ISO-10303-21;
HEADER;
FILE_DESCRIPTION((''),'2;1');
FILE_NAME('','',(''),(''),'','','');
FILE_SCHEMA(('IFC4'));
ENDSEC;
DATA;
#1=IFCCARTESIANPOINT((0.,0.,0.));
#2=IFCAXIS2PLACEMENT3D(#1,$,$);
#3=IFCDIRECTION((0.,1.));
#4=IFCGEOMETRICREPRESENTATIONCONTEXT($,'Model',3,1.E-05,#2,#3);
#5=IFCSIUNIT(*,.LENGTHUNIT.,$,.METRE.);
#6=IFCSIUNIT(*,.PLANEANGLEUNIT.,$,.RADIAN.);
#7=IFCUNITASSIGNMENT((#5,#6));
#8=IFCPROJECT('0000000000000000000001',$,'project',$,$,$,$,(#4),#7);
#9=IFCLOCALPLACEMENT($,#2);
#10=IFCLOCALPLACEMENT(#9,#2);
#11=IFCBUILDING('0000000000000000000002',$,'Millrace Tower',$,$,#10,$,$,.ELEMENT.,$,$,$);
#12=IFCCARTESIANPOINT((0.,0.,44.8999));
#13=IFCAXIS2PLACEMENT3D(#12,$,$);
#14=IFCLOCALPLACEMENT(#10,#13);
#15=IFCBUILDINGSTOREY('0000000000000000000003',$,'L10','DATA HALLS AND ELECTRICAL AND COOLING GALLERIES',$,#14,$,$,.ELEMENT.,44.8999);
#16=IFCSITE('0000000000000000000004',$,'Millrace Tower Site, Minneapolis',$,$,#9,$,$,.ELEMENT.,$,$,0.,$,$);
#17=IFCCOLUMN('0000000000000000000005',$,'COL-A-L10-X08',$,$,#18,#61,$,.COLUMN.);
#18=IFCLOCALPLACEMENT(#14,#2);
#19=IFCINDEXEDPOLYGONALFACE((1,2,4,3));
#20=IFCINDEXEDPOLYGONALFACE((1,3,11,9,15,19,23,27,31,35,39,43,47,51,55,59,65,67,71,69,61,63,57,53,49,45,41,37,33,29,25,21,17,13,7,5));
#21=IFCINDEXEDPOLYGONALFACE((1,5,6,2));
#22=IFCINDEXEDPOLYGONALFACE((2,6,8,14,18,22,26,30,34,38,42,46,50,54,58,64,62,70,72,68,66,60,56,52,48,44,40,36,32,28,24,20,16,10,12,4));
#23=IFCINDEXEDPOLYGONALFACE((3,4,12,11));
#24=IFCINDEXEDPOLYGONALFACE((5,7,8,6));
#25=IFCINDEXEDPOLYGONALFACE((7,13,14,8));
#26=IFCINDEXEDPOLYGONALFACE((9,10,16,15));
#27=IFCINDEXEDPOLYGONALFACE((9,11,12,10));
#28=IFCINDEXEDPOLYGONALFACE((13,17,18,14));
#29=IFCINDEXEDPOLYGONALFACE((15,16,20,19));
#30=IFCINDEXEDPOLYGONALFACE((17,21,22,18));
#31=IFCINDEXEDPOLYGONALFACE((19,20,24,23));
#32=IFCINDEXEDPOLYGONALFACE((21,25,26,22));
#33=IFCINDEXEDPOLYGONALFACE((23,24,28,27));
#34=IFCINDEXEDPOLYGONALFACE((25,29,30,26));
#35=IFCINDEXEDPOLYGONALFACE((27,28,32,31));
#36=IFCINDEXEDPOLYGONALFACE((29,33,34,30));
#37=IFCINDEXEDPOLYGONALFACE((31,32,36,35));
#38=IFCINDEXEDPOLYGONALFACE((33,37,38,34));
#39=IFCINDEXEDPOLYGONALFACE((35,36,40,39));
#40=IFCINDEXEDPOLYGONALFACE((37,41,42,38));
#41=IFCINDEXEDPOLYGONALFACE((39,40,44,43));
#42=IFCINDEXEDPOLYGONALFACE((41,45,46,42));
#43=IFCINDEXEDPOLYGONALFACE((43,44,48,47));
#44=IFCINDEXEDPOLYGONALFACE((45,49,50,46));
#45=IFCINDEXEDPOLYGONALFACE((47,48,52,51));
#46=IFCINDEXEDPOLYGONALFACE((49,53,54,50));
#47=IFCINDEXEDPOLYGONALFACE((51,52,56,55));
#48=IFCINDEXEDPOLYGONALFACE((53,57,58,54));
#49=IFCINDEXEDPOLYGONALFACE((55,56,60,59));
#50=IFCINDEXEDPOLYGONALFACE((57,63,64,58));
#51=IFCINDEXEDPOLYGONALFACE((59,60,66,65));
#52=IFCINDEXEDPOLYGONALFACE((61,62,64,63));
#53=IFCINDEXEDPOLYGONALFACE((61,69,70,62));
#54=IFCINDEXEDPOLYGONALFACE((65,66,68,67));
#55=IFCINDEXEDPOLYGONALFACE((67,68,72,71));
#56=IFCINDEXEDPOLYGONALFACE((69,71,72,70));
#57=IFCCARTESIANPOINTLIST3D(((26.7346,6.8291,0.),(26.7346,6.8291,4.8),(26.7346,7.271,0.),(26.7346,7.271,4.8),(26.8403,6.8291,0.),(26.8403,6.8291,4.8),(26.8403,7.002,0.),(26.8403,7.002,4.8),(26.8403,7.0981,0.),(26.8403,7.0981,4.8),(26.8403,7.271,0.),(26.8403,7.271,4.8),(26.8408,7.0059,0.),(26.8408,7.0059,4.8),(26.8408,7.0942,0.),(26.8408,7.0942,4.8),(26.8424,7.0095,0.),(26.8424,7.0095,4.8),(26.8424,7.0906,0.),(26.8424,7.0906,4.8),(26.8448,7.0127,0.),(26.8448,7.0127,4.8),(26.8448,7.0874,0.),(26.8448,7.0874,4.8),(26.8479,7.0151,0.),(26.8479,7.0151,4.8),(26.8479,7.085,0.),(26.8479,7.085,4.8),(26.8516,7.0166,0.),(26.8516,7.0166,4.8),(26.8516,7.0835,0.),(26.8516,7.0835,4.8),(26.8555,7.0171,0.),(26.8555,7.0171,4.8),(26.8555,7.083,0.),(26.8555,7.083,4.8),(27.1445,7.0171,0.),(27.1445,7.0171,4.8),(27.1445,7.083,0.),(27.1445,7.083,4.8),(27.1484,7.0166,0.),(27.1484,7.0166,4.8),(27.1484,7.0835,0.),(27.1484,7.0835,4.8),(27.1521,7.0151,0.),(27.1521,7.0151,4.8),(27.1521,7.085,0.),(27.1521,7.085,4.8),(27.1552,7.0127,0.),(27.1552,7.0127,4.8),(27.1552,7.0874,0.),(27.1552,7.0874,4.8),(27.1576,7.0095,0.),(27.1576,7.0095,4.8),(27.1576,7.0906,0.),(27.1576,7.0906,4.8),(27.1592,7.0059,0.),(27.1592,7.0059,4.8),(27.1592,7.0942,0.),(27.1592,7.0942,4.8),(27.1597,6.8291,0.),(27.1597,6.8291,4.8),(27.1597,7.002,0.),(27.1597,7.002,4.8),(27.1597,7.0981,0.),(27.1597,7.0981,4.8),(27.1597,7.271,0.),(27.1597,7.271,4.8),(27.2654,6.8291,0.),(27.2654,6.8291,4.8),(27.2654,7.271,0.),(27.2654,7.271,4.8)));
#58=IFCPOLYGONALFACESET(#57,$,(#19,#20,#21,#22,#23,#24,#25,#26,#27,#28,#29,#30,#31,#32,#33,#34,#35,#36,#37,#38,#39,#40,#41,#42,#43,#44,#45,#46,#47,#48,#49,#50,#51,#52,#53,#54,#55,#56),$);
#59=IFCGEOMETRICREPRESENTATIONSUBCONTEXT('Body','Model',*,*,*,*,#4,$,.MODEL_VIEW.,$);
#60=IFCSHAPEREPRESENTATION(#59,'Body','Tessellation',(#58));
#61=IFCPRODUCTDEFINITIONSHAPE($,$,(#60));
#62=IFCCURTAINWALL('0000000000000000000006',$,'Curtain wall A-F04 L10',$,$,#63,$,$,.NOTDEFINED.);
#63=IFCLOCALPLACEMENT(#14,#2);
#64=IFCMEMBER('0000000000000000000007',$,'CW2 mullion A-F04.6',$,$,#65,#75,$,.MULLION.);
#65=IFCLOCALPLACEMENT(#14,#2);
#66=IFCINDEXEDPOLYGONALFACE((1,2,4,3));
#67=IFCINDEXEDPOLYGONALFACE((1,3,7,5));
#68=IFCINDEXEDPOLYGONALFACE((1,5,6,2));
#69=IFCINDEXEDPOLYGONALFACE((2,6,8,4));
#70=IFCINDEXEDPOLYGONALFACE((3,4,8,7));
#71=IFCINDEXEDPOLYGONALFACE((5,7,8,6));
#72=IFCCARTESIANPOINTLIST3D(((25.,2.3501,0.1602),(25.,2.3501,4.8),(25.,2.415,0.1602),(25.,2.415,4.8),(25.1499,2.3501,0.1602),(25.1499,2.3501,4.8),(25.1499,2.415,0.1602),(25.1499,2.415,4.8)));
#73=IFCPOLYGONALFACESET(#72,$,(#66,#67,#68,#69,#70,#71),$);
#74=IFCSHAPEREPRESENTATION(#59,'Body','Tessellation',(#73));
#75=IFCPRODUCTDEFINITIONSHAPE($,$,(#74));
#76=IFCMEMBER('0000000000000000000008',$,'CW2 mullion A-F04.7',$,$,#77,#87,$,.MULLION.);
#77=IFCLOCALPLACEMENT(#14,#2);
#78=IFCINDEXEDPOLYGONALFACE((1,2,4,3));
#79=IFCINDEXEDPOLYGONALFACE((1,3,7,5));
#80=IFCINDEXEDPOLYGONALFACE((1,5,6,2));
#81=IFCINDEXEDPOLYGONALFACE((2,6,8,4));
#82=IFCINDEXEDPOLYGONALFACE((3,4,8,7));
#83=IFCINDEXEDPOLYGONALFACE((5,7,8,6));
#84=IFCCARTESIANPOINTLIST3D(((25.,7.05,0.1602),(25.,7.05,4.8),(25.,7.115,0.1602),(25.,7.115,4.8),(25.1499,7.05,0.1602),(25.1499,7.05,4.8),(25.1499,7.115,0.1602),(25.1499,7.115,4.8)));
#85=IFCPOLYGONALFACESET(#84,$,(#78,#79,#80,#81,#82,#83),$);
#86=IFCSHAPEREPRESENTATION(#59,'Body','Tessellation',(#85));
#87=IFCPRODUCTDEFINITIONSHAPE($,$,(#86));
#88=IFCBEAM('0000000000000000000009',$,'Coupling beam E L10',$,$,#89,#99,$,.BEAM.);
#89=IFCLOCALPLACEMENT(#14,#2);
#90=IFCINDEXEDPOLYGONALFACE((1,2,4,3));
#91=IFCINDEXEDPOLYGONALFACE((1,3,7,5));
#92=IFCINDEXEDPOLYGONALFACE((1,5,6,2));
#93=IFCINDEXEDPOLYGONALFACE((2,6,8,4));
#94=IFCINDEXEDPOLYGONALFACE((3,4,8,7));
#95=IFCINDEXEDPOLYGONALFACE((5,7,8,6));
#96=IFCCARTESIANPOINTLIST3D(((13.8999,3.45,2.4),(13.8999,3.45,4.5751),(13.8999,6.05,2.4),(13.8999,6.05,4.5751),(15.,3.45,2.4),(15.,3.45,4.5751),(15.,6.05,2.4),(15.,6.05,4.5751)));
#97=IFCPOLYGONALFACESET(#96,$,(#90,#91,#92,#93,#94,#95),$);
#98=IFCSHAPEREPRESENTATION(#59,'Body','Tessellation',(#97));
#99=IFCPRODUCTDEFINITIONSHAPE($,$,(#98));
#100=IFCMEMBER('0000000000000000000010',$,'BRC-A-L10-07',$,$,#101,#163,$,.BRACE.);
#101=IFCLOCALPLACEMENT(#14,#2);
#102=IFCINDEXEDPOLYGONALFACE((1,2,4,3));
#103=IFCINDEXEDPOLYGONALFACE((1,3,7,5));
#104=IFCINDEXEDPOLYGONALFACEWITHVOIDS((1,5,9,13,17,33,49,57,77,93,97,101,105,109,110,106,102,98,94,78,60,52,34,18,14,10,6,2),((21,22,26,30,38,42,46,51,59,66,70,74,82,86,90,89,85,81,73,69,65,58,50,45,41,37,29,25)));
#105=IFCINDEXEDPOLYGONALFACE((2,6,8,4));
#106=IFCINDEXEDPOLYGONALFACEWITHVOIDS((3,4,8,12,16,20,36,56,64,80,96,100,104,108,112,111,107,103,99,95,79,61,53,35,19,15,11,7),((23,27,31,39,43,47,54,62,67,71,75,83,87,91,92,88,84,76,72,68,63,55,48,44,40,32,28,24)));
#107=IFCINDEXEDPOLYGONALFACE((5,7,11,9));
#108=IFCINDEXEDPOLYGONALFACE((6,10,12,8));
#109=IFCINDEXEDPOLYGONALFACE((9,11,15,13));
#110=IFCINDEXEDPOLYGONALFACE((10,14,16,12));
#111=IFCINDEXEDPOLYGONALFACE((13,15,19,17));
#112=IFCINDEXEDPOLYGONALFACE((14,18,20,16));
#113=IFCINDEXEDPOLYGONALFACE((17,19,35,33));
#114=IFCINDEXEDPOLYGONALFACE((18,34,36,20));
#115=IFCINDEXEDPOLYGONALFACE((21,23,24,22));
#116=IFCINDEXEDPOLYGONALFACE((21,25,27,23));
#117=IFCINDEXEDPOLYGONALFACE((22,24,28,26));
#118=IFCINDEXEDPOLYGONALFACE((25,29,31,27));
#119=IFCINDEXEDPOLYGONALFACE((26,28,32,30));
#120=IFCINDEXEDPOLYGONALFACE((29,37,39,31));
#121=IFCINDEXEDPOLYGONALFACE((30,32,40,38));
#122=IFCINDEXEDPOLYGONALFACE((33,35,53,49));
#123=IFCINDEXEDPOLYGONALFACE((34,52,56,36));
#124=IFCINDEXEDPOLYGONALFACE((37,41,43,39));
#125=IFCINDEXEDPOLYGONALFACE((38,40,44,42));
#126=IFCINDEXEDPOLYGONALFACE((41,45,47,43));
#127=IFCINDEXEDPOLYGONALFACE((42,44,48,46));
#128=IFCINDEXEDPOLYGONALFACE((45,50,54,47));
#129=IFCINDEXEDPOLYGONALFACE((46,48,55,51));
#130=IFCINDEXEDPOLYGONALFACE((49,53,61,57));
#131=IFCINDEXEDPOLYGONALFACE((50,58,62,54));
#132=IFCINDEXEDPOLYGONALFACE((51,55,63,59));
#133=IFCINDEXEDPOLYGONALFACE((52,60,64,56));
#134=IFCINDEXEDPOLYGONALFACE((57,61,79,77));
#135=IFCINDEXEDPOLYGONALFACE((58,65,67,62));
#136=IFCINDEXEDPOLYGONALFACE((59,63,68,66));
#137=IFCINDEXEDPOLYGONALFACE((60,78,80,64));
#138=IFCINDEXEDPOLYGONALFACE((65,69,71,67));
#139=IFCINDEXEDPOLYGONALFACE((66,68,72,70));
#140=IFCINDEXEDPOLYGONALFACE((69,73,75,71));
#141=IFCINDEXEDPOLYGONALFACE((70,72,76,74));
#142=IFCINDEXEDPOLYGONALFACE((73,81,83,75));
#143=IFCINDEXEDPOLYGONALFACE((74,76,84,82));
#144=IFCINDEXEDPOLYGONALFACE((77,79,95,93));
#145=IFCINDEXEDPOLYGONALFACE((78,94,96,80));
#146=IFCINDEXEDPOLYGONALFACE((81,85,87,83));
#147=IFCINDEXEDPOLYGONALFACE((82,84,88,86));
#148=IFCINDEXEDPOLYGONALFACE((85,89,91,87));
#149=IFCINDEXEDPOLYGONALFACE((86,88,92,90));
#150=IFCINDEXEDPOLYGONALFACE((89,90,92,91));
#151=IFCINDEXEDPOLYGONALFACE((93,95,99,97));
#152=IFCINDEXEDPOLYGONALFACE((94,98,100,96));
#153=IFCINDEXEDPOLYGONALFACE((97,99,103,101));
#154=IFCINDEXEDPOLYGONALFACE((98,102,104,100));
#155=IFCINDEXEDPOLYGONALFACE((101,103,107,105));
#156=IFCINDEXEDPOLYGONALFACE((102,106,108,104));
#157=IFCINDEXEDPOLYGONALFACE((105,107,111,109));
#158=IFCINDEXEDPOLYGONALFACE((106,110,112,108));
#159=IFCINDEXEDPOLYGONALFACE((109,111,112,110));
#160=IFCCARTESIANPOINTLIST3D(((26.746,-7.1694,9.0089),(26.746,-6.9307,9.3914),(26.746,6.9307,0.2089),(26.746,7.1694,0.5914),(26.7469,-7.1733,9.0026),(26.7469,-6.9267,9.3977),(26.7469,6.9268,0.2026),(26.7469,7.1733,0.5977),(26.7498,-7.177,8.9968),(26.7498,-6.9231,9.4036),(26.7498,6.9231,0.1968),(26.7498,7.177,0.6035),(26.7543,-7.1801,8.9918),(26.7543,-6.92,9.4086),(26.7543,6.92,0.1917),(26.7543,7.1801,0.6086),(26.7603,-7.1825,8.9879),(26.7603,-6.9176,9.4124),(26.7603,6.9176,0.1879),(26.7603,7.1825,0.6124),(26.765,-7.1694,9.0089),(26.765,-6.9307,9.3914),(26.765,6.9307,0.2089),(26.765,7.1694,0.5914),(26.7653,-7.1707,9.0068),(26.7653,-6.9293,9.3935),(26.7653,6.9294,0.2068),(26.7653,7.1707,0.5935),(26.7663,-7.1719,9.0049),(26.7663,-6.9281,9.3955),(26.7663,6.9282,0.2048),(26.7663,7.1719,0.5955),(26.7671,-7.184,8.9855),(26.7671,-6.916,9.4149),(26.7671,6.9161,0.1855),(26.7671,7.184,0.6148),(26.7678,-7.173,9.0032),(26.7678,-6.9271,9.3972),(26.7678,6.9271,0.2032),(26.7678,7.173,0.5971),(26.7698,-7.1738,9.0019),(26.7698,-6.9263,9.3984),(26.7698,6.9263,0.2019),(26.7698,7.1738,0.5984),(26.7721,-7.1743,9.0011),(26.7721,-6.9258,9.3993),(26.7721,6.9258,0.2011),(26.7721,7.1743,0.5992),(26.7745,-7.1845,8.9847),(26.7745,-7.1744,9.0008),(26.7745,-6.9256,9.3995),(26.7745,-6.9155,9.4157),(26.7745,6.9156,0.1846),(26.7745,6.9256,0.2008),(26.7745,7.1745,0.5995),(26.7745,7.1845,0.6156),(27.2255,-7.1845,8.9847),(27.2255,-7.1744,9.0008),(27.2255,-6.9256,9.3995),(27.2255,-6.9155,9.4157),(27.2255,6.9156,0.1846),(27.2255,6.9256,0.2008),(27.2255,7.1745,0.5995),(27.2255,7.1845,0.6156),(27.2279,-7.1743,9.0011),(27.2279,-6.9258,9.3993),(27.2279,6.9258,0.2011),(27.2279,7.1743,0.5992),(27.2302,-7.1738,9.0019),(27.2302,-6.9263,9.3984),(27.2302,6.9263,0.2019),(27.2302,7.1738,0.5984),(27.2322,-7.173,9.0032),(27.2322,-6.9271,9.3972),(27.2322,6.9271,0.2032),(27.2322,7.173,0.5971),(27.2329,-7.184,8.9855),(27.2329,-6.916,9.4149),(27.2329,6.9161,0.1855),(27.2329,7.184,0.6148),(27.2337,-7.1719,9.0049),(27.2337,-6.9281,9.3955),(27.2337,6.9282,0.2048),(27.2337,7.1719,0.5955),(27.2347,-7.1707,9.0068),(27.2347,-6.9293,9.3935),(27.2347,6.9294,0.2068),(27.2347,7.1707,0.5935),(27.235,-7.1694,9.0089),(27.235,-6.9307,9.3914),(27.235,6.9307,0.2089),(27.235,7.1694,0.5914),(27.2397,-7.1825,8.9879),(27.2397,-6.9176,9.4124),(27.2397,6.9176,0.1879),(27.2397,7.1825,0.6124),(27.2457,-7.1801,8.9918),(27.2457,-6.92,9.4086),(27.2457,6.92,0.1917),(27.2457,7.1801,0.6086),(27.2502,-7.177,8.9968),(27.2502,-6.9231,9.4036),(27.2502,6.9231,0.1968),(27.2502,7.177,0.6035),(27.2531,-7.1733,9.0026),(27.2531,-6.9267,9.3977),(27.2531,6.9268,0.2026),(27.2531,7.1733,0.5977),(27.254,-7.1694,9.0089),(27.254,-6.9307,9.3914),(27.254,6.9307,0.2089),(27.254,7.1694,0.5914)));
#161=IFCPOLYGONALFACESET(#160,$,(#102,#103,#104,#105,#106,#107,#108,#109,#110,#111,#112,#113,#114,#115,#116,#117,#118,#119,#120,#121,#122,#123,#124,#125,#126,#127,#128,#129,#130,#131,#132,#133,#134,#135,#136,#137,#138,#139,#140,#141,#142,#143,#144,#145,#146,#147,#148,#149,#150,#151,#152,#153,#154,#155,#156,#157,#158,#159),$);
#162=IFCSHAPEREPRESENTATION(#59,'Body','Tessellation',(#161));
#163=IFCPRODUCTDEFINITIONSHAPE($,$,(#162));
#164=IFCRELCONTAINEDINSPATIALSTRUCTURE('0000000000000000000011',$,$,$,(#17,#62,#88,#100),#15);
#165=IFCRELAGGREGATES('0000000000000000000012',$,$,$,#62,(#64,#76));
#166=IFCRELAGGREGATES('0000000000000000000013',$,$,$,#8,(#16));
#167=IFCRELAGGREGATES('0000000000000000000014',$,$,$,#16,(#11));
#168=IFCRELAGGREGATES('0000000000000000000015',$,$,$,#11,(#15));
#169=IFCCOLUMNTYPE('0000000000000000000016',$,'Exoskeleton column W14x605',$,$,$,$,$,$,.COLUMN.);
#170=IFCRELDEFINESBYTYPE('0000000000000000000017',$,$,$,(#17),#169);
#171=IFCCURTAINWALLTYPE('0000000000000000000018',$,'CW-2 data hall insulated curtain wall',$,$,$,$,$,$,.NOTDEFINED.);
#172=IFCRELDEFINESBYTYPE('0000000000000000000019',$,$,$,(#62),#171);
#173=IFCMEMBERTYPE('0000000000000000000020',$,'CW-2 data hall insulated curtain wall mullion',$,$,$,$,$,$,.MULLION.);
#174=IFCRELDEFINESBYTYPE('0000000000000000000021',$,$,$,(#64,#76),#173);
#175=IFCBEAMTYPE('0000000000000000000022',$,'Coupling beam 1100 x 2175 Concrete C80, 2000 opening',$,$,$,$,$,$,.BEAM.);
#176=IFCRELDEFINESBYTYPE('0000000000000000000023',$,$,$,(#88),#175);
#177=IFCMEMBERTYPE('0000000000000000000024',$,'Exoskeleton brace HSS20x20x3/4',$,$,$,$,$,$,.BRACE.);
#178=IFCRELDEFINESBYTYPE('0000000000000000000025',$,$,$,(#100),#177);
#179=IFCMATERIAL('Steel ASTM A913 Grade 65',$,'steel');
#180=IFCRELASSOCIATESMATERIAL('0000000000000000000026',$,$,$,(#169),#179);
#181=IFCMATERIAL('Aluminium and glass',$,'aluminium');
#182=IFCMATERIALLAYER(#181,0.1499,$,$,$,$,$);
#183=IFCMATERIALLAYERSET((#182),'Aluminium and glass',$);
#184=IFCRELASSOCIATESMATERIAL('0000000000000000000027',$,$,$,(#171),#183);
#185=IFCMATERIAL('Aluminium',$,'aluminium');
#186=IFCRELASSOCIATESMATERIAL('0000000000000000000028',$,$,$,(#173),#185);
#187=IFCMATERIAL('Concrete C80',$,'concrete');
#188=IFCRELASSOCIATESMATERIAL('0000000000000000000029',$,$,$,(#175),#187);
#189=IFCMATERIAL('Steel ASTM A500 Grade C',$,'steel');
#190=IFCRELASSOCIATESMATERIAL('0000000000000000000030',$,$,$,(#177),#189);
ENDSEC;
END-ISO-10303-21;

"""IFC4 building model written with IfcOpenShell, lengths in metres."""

from ifc_helpers import new_model, si_unit, direction, frame, origin, origin_2d, place, context, subcontext, project, spatial, rectangle, hollow_rectangle, i_section, extrude, material, layer, layer_set, material_profile, profile_set, type_object, element, aggregate, save


model = new_model("IFC4")

# Units and contexts
model_context = context("Model", 3, precision=1e-05, world=origin(), true_north=direction((0.0, 1.0)))
body_context = subcontext(model_context, "Body", "Model", "MODEL_VIEW")
ifc_project = project(units=[si_unit("LENGTHUNIT", "METRE"), si_unit("PLANEANGLEUNIT", "RADIAN")], contexts=[model_context])

# Site, building, storey
site_placement = place(None, origin())
site = spatial("IfcSite", under=ifc_project, at=site_placement, Name="Millrace Tower Site, Minneapolis", CompositionType="ELEMENT", RefElevation=0.0)
building_placement = place(site_placement, origin())
building = spatial("IfcBuilding", under=site, at=building_placement, Name="Millrace Tower", CompositionType="ELEMENT")
storey_placement = place(building_placement, frame((0.0, 0.0, 44.8999)))
storey = spatial("IfcBuildingStorey", under=building, at=storey_placement, Name="L10", Description="DATA HALLS AND ELECTRICAL AND COOLING GALLERIES", CompositionType="ELEMENT", Elevation=44.8999)

# Column
ifc_material_1 = material(Name="Steel ASTM A913 Grade 65", Category="steel")
ifc_material_profile_1 = material_profile(ifc_material_1, i_section(OverallWidth=0.4419, OverallDepth=0.5308, WebThickness=0.0659, FlangeThickness=0.1057, FilletRadius=0.0151, at=origin_2d()))
ifc_profile_set_1 = profile_set([ifc_material_profile_1], Name="Steel ASTM A913 Grade 65")
column_type = type_object("IfcColumnType", Name="Exoskeleton column W14x605", PredefinedType="COLUMN", material=ifc_profile_set_1)
column_placement = place(storey_placement, frame((27.0, 7.05, 0.0), z_axis=(0.0, 0.0, 1.0), x_axis=(0.0, 1.0, 0.0)))
element("IfcColumn", 1, at=column_placement, inside=storey, type_object=column_type, Name="COL-A-L10-X08", PredefinedType="COLUMN", context=body_context, shape_type="SweptSolid", body=[
    extrude(i_section(OverallWidth=0.4419, OverallDepth=0.5308, WebThickness=0.0659, FlangeThickness=0.1057, FilletRadius=0.0151, at=origin_2d()), origin(), (0.0, 0.0, 1.0), 4.8),
])

# Curtain wall, members
ifc_material_2 = material(Name="Aluminium and glass", Category="aluminium")
ifc_layer_1 = layer(ifc_material_2, 0.1499)
ifc_layer_set_1 = layer_set([ifc_layer_1], Name="Aluminium and glass")
curtain_wall_type = type_object("IfcCurtainWallType", Name="CW-2 data hall insulated curtain wall", PredefinedType="NOTDEFINED", material=ifc_layer_set_1)
curtain_wall_placement = place(storey_placement, origin())
curtain_wall = element("IfcCurtainWall", 2, at=curtain_wall_placement, inside=storey, type_object=curtain_wall_type, Name="Curtain wall A-F04 L10", PredefinedType="NOTDEFINED")
ifc_material_3 = material(Name="Aluminium", Category="aluminium")
ifc_material_profile_2 = material_profile(ifc_material_3, rectangle(XDim=0.0649, YDim=0.1499, at=origin_2d()))
ifc_profile_set_2 = profile_set([ifc_material_profile_2], Name="Aluminium")
member_type_1 = type_object("IfcMemberType", Name="CW-2 data hall insulated curtain wall mullion", PredefinedType="MULLION", material=ifc_profile_set_2)
member_1_placement = place(storey_placement, frame((25.075, 2.3826, 0.1602), z_axis=(0.0, 0.0, 1.0), x_axis=(0.0, 1.0, 0.0)))
member_1 = element("IfcMember", 3, at=member_1_placement, type_object=member_type_1, Name="CW2 mullion A-F04.6", PredefinedType="MULLION", context=body_context, shape_type="SweptSolid", body=[
    extrude(rectangle(XDim=0.0649, YDim=0.1499, at=origin_2d()), origin(), (0.0, 0.0, 1.0), 4.6399),
])
member_2_placement = place(storey_placement, frame((25.075, 7.0825, 0.1602), z_axis=(0.0, 0.0, 1.0), x_axis=(0.0, 1.0, 0.0)))
member_2 = element("IfcMember", 4, at=member_2_placement, type_object=member_type_1, Name="CW2 mullion A-F04.7", PredefinedType="MULLION", context=body_context, shape_type="SweptSolid", body=[
    extrude(rectangle(XDim=0.0649, YDim=0.1499, at=origin_2d()), origin(), (0.0, 0.0, 1.0), 4.6399),
])
aggregate(curtain_wall, [member_1, member_2])

# Beam
ifc_material_4 = material(Name="Concrete C80", Category="concrete")
ifc_material_profile_3 = material_profile(ifc_material_4, rectangle(XDim=1.1001, YDim=2.175, at=origin_2d()))
ifc_profile_set_3 = profile_set([ifc_material_profile_3], Name="Concrete C80")
beam_type_1 = type_object("IfcBeamType", Name="Coupling beam 1100 x 2175 Concrete C80, 2000 opening", PredefinedType="BEAM", material=ifc_profile_set_3)
beam_1_placement = place(storey_placement, frame((14.45, 6.05, 3.4875), z_axis=(0.0, -1.0, 0.0), x_axis=(1.0, 0.0, 0.0)))
element("IfcBeam", 5, at=beam_1_placement, inside=storey, type_object=beam_type_1, Name="Coupling beam E L10", PredefinedType="BEAM", context=body_context, shape_type="SweptSolid", body=[
    extrude(rectangle(XDim=1.1001, YDim=2.175, at=origin_2d()), origin(), (0.0, 0.0, 1.0), 2.6001),
])

# Member
ifc_material_5 = material(Name="Steel ASTM A500 Grade C", Category="steel")
ifc_material_profile_4 = material_profile(ifc_material_5, hollow_rectangle(XDim=0.5081, YDim=0.5081, WallThickness=0.019, InnerFilletRadius=0.0095, OuterFilletRadius=0.0286, at=origin_2d()))
ifc_profile_set_4 = profile_set([ifc_material_profile_4], Name="Steel ASTM A500 Grade C")
member_type_2 = type_object("IfcMemberType", Name="Exoskeleton brace HSS20x20x3/4", PredefinedType="BRACE", material=ifc_profile_set_4)
member_3_placement = place(storey_placement, frame((27.0, 7.05, 0.4001), z_axis=(0.0, -0.848336, 0.529457), x_axis=(1.0, 0.0, 0.0)))
element("IfcMember", 6, at=member_3_placement, inside=storey, type_object=member_type_2, Name="BRC-A-L10-07", PredefinedType="BRACE", context=body_context, shape_type="SweptSolid", body=[
    extrude(hollow_rectangle(XDim=0.5081, YDim=0.5081, WallThickness=0.019, InnerFilletRadius=0.0095, OuterFilletRadius=0.0286, at=origin_2d()), origin(), (0.0, 0.0, 1.0), 16.6208),
])

save(model, "model.ifc")
